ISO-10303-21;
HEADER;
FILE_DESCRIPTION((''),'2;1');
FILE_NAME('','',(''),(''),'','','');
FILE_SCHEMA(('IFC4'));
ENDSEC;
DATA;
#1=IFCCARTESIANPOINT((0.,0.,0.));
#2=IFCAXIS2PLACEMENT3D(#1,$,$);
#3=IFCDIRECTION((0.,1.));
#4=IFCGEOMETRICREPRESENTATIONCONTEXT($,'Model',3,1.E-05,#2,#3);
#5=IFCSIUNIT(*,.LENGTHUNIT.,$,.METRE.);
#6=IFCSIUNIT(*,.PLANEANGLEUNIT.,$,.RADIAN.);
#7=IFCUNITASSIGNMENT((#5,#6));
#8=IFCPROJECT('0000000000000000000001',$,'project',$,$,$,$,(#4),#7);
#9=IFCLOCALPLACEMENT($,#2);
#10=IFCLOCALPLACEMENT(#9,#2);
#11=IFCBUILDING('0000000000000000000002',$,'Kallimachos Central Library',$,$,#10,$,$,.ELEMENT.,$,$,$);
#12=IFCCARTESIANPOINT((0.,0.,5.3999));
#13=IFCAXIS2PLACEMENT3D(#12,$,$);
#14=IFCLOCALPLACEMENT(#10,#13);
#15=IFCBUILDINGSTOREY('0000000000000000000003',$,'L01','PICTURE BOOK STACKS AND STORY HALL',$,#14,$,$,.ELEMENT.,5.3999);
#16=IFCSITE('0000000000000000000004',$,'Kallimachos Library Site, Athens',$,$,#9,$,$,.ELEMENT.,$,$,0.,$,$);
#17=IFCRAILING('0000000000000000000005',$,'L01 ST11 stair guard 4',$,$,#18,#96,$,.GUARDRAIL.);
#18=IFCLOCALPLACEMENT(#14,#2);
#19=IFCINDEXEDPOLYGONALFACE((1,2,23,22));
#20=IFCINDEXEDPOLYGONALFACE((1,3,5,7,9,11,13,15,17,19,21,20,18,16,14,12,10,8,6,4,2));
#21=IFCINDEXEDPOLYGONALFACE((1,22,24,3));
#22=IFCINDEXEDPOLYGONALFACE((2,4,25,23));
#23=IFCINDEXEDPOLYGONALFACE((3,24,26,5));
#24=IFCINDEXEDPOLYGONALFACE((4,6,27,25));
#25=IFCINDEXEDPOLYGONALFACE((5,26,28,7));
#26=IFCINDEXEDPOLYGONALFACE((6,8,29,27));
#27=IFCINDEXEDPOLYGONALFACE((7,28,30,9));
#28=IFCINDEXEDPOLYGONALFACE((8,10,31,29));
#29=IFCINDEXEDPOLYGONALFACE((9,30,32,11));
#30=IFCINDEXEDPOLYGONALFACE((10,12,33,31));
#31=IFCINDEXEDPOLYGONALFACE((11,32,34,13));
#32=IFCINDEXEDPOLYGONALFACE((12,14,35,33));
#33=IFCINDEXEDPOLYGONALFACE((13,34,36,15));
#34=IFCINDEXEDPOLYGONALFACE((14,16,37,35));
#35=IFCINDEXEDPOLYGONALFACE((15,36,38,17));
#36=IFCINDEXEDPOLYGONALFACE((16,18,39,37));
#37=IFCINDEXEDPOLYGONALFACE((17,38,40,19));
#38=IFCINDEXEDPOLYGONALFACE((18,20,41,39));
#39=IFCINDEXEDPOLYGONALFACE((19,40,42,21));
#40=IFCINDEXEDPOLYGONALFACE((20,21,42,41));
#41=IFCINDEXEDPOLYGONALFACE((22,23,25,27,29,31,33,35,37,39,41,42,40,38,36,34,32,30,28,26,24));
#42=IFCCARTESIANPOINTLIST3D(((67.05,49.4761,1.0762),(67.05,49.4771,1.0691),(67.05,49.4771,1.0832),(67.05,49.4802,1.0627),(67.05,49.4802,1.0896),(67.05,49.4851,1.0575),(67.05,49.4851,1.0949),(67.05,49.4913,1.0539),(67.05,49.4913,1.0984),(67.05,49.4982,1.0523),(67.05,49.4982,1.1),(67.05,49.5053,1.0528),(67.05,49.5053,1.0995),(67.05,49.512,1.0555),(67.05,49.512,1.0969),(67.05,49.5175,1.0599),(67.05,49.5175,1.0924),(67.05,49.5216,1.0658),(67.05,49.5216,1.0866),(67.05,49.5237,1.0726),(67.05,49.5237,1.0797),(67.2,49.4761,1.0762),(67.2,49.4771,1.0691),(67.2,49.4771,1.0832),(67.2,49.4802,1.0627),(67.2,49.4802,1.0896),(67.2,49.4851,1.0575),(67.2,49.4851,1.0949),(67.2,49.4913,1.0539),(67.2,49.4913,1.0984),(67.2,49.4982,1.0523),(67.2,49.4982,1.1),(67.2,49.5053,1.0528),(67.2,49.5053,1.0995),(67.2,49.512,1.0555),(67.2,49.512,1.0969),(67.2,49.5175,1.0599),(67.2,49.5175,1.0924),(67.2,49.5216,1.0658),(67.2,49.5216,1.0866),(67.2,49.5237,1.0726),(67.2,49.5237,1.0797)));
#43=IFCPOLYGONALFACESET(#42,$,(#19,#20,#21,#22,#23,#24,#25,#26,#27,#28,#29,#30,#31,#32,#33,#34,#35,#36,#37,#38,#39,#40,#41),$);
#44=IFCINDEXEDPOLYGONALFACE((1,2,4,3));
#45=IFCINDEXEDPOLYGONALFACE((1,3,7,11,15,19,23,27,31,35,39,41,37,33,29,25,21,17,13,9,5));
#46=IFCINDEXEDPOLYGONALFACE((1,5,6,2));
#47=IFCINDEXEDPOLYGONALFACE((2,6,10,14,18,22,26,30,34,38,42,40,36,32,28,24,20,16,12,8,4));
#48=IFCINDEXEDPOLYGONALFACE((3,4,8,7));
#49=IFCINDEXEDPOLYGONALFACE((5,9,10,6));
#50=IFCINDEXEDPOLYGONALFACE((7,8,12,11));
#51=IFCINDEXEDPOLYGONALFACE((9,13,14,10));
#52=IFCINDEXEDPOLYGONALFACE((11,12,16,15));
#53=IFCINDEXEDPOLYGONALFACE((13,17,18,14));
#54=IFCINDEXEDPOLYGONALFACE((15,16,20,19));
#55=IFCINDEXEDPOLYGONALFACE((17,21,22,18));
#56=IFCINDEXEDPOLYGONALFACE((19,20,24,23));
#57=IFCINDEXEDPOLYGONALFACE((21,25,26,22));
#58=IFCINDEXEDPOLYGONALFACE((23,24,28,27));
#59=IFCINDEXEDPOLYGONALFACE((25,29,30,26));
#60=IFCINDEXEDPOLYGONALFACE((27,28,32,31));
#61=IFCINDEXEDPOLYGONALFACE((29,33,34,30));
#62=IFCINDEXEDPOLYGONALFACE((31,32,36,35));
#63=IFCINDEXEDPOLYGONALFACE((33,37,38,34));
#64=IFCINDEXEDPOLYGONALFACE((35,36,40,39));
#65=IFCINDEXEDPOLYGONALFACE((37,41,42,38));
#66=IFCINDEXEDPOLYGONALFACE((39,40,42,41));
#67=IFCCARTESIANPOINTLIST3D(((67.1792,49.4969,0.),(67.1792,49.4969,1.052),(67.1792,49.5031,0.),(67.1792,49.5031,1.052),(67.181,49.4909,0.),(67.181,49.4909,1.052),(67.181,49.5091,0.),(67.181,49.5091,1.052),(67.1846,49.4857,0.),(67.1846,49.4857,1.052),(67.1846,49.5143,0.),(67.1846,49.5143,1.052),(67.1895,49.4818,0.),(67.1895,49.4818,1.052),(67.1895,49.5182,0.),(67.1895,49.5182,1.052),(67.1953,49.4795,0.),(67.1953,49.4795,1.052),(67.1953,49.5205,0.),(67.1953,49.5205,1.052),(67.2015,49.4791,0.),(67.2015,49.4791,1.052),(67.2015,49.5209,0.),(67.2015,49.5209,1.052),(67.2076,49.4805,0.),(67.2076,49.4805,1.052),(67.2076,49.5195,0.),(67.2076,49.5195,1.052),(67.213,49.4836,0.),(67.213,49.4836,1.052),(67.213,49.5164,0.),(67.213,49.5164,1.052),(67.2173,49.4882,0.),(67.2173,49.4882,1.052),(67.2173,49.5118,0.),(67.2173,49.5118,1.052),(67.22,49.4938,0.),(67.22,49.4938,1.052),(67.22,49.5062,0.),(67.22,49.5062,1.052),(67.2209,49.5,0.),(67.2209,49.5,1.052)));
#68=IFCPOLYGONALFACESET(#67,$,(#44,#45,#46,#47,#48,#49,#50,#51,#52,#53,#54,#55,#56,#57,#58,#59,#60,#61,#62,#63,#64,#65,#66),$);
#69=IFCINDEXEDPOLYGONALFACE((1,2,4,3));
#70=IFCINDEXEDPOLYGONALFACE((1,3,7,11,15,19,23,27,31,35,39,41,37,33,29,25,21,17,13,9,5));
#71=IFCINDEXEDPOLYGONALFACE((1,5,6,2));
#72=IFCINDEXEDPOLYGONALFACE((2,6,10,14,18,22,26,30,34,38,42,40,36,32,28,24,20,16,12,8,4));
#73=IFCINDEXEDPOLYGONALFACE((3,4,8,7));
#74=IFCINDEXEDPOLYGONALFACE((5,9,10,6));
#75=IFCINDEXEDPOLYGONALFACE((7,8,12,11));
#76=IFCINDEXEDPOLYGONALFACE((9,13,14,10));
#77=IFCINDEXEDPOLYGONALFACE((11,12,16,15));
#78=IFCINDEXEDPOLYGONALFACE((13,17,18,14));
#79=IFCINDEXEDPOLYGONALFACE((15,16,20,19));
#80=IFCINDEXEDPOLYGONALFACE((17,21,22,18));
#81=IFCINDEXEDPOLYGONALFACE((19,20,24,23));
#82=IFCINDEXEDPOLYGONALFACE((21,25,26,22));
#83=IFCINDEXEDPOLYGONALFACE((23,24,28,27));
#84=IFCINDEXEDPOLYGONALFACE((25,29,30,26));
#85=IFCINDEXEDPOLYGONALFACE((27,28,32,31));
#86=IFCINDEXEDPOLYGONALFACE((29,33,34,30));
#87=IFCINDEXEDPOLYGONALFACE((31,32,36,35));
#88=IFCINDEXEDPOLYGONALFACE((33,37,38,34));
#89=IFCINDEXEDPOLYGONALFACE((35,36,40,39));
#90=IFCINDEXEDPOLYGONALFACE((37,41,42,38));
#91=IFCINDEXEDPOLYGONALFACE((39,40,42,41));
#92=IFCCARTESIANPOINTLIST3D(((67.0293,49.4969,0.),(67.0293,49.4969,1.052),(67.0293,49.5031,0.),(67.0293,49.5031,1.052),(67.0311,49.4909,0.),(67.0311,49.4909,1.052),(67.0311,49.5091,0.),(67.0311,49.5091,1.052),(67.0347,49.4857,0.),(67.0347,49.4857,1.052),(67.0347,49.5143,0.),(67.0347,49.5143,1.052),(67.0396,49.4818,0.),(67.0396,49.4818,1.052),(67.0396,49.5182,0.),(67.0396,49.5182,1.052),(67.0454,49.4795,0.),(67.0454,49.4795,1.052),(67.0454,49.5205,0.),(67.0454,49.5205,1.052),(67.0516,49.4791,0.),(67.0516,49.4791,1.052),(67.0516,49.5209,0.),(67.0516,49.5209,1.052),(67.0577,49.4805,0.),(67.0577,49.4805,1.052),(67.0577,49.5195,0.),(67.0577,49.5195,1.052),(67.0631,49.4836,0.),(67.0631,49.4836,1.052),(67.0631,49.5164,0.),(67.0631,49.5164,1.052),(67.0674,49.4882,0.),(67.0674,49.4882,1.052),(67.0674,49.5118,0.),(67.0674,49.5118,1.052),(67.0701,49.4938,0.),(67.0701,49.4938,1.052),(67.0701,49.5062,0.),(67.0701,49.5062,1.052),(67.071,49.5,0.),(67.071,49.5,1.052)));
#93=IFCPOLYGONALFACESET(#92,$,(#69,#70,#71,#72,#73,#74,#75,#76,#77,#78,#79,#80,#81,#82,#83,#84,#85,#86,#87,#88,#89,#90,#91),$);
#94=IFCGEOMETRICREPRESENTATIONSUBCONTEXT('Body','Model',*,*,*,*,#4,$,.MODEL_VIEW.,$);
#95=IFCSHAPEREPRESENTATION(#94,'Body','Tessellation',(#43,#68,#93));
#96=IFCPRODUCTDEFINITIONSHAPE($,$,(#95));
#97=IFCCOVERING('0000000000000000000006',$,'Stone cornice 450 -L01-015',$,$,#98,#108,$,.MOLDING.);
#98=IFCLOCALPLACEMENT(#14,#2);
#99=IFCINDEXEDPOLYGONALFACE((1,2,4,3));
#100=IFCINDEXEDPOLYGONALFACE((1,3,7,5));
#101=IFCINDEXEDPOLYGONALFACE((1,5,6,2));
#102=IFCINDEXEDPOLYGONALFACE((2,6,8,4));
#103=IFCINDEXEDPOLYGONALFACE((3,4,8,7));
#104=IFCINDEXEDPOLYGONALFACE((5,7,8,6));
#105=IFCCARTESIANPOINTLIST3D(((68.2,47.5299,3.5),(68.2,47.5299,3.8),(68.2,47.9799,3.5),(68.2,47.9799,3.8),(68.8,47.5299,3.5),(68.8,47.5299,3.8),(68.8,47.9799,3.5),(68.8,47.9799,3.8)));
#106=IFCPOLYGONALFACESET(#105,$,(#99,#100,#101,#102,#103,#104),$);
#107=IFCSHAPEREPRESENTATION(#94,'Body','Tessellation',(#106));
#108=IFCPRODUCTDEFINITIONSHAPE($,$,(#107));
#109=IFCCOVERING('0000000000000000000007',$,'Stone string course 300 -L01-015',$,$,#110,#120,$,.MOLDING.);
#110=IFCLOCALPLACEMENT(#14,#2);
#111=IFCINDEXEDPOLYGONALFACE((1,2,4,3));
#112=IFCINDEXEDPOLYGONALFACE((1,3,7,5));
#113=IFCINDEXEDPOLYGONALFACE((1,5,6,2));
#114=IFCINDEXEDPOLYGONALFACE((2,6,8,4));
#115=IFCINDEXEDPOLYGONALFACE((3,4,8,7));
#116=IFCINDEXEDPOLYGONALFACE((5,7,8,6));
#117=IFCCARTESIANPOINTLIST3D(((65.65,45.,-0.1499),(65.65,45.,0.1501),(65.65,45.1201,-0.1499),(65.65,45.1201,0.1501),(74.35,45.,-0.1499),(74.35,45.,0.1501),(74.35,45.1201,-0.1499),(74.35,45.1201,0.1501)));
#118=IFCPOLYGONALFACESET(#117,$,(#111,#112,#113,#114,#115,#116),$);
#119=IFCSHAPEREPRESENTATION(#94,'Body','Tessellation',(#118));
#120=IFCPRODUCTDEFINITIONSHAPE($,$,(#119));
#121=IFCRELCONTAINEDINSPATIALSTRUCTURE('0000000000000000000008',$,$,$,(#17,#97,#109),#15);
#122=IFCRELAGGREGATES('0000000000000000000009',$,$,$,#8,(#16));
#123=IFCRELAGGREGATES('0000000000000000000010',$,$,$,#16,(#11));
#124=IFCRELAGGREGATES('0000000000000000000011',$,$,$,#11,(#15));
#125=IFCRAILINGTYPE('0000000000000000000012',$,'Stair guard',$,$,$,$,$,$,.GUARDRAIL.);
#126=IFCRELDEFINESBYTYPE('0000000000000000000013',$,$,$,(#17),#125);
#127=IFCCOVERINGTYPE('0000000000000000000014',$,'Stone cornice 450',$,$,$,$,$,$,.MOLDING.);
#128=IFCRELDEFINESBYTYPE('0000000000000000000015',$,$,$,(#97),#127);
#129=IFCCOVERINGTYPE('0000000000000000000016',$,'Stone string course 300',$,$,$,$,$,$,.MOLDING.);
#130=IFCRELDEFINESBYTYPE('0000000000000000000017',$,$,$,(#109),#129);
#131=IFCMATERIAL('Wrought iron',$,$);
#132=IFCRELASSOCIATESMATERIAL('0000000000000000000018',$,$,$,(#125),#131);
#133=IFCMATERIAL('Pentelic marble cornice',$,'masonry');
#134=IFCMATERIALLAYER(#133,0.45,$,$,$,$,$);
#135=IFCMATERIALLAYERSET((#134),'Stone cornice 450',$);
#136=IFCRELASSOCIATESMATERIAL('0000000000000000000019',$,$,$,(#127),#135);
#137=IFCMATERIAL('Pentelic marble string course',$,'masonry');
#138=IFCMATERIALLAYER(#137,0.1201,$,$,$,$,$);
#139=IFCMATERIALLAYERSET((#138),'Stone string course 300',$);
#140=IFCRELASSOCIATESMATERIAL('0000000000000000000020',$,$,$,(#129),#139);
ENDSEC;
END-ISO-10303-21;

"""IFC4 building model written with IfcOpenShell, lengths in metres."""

from ifc_helpers import new_model, si_unit, direction, frame, origin, origin_2d, place, context, subcontext, project, spatial, rectangle, circle, extrude, material, layer, layer_set, type_object, element, save


model = new_model("IFC4")

# Units and contexts
model_context = context("Model", 3, precision=1e-05, world=origin(), true_north=direction((0.0, 1.0)))
body_context = subcontext(model_context, "Body", "Model", "MODEL_VIEW")
ifc_project = project(units=[si_unit("LENGTHUNIT", "METRE"), si_unit("PLANEANGLEUNIT", "RADIAN")], contexts=[model_context])

# Site, building, storey
site_placement = place(None, origin())
site = spatial("IfcSite", under=ifc_project, at=site_placement, Name="Kallimachos Library Site, Athens", CompositionType="ELEMENT", RefElevation=0.0)
building_placement = place(site_placement, origin())
building = spatial("IfcBuilding", under=site, at=building_placement, Name="Kallimachos Central Library", CompositionType="ELEMENT")
storey_placement = place(building_placement, frame((0.0, 0.0, 5.3999)))
storey = spatial("IfcBuildingStorey", under=building, at=storey_placement, Name="L01", Description="PICTURE BOOK STACKS AND STORY HALL", CompositionType="ELEMENT", Elevation=5.3999)

# Railing
ifc_material_1 = material(Name="Wrought iron")
railing_type = type_object("IfcRailingType", Name="Stair guard", PredefinedType="GUARDRAIL", material=ifc_material_1)
railing_placement = place(storey_placement, frame((67.2, 49.5, 0.0)))
element("IfcRailing", 1, at=railing_placement, inside=storey, type_object=railing_type, Name="L01 ST11 stair guard 4", PredefinedType="GUARDRAIL", context=body_context, shape_type="SweptSolid", body=[
    extrude(circle(Radius=0.0239, at=origin_2d()), frame((0.0, 0.0, 1.0762), z_axis=(-1.0, 0.0, 0.0), x_axis=(0.0, -1.0, 0.0)), (0.0, 0.0, 1.0), 0.1499),
    extrude(circle(Radius=0.021, at=origin_2d()), origin(), (0.0, 0.0, 1.0), 1.052),
    extrude(circle(Radius=0.021, at=origin_2d()), frame((-0.1499, 0.0, 0.0)), (0.0, 0.0, 1.0), 1.052),
])

# Coverings
ifc_material_2 = material(Name="Pentelic marble cornice", Category="masonry")
ifc_layer_1 = layer(ifc_material_2, 0.45)
ifc_layer_set_1 = layer_set([ifc_layer_1], Name="Stone cornice 450")
covering_type_1 = type_object("IfcCoveringType", Name="Stone cornice 450", PredefinedType="MOLDING", material=ifc_layer_set_1)
covering_1_placement = place(storey_placement, frame((68.5, 47.7549, 3.5), z_axis=(0.0, 0.0, 1.0), x_axis=(1.0, 0.0, 0.0)))
element("IfcCovering", 2, at=covering_1_placement, inside=storey, type_object=covering_type_1, Name="Stone cornice 450 -L01-015", PredefinedType="MOLDING", context=body_context, shape_type="SweptSolid", body=[
    extrude(rectangle(XDim=0.6001, YDim=0.45, at=origin_2d()), origin(), (0.0, 0.0, 1.0), 0.3),
])
ifc_material_3 = material(Name="Pentelic marble string course", Category="masonry")
ifc_layer_2 = layer(ifc_material_3, 0.1201)
ifc_layer_set_2 = layer_set([ifc_layer_2], Name="Stone string course 300")
covering_type_2 = type_object("IfcCoveringType", Name="Stone string course 300", PredefinedType="MOLDING", material=ifc_layer_set_2)
covering_2_placement = place(storey_placement, frame((70.0, 45.0601, -0.1499), z_axis=(0.0, 0.0, 1.0), x_axis=(1.0, 0.0, 0.0)))
element("IfcCovering", 3, at=covering_2_placement, inside=storey, type_object=covering_type_2, Name="Stone string course 300 -L01-015", PredefinedType="MOLDING", context=body_context, shape_type="SweptSolid", body=[
    extrude(rectangle(XDim=8.7, YDim=0.1201, at=origin_2d()), origin(), (0.0, 0.0, 1.0), 0.3),
])

save(model, "model.ifc")
